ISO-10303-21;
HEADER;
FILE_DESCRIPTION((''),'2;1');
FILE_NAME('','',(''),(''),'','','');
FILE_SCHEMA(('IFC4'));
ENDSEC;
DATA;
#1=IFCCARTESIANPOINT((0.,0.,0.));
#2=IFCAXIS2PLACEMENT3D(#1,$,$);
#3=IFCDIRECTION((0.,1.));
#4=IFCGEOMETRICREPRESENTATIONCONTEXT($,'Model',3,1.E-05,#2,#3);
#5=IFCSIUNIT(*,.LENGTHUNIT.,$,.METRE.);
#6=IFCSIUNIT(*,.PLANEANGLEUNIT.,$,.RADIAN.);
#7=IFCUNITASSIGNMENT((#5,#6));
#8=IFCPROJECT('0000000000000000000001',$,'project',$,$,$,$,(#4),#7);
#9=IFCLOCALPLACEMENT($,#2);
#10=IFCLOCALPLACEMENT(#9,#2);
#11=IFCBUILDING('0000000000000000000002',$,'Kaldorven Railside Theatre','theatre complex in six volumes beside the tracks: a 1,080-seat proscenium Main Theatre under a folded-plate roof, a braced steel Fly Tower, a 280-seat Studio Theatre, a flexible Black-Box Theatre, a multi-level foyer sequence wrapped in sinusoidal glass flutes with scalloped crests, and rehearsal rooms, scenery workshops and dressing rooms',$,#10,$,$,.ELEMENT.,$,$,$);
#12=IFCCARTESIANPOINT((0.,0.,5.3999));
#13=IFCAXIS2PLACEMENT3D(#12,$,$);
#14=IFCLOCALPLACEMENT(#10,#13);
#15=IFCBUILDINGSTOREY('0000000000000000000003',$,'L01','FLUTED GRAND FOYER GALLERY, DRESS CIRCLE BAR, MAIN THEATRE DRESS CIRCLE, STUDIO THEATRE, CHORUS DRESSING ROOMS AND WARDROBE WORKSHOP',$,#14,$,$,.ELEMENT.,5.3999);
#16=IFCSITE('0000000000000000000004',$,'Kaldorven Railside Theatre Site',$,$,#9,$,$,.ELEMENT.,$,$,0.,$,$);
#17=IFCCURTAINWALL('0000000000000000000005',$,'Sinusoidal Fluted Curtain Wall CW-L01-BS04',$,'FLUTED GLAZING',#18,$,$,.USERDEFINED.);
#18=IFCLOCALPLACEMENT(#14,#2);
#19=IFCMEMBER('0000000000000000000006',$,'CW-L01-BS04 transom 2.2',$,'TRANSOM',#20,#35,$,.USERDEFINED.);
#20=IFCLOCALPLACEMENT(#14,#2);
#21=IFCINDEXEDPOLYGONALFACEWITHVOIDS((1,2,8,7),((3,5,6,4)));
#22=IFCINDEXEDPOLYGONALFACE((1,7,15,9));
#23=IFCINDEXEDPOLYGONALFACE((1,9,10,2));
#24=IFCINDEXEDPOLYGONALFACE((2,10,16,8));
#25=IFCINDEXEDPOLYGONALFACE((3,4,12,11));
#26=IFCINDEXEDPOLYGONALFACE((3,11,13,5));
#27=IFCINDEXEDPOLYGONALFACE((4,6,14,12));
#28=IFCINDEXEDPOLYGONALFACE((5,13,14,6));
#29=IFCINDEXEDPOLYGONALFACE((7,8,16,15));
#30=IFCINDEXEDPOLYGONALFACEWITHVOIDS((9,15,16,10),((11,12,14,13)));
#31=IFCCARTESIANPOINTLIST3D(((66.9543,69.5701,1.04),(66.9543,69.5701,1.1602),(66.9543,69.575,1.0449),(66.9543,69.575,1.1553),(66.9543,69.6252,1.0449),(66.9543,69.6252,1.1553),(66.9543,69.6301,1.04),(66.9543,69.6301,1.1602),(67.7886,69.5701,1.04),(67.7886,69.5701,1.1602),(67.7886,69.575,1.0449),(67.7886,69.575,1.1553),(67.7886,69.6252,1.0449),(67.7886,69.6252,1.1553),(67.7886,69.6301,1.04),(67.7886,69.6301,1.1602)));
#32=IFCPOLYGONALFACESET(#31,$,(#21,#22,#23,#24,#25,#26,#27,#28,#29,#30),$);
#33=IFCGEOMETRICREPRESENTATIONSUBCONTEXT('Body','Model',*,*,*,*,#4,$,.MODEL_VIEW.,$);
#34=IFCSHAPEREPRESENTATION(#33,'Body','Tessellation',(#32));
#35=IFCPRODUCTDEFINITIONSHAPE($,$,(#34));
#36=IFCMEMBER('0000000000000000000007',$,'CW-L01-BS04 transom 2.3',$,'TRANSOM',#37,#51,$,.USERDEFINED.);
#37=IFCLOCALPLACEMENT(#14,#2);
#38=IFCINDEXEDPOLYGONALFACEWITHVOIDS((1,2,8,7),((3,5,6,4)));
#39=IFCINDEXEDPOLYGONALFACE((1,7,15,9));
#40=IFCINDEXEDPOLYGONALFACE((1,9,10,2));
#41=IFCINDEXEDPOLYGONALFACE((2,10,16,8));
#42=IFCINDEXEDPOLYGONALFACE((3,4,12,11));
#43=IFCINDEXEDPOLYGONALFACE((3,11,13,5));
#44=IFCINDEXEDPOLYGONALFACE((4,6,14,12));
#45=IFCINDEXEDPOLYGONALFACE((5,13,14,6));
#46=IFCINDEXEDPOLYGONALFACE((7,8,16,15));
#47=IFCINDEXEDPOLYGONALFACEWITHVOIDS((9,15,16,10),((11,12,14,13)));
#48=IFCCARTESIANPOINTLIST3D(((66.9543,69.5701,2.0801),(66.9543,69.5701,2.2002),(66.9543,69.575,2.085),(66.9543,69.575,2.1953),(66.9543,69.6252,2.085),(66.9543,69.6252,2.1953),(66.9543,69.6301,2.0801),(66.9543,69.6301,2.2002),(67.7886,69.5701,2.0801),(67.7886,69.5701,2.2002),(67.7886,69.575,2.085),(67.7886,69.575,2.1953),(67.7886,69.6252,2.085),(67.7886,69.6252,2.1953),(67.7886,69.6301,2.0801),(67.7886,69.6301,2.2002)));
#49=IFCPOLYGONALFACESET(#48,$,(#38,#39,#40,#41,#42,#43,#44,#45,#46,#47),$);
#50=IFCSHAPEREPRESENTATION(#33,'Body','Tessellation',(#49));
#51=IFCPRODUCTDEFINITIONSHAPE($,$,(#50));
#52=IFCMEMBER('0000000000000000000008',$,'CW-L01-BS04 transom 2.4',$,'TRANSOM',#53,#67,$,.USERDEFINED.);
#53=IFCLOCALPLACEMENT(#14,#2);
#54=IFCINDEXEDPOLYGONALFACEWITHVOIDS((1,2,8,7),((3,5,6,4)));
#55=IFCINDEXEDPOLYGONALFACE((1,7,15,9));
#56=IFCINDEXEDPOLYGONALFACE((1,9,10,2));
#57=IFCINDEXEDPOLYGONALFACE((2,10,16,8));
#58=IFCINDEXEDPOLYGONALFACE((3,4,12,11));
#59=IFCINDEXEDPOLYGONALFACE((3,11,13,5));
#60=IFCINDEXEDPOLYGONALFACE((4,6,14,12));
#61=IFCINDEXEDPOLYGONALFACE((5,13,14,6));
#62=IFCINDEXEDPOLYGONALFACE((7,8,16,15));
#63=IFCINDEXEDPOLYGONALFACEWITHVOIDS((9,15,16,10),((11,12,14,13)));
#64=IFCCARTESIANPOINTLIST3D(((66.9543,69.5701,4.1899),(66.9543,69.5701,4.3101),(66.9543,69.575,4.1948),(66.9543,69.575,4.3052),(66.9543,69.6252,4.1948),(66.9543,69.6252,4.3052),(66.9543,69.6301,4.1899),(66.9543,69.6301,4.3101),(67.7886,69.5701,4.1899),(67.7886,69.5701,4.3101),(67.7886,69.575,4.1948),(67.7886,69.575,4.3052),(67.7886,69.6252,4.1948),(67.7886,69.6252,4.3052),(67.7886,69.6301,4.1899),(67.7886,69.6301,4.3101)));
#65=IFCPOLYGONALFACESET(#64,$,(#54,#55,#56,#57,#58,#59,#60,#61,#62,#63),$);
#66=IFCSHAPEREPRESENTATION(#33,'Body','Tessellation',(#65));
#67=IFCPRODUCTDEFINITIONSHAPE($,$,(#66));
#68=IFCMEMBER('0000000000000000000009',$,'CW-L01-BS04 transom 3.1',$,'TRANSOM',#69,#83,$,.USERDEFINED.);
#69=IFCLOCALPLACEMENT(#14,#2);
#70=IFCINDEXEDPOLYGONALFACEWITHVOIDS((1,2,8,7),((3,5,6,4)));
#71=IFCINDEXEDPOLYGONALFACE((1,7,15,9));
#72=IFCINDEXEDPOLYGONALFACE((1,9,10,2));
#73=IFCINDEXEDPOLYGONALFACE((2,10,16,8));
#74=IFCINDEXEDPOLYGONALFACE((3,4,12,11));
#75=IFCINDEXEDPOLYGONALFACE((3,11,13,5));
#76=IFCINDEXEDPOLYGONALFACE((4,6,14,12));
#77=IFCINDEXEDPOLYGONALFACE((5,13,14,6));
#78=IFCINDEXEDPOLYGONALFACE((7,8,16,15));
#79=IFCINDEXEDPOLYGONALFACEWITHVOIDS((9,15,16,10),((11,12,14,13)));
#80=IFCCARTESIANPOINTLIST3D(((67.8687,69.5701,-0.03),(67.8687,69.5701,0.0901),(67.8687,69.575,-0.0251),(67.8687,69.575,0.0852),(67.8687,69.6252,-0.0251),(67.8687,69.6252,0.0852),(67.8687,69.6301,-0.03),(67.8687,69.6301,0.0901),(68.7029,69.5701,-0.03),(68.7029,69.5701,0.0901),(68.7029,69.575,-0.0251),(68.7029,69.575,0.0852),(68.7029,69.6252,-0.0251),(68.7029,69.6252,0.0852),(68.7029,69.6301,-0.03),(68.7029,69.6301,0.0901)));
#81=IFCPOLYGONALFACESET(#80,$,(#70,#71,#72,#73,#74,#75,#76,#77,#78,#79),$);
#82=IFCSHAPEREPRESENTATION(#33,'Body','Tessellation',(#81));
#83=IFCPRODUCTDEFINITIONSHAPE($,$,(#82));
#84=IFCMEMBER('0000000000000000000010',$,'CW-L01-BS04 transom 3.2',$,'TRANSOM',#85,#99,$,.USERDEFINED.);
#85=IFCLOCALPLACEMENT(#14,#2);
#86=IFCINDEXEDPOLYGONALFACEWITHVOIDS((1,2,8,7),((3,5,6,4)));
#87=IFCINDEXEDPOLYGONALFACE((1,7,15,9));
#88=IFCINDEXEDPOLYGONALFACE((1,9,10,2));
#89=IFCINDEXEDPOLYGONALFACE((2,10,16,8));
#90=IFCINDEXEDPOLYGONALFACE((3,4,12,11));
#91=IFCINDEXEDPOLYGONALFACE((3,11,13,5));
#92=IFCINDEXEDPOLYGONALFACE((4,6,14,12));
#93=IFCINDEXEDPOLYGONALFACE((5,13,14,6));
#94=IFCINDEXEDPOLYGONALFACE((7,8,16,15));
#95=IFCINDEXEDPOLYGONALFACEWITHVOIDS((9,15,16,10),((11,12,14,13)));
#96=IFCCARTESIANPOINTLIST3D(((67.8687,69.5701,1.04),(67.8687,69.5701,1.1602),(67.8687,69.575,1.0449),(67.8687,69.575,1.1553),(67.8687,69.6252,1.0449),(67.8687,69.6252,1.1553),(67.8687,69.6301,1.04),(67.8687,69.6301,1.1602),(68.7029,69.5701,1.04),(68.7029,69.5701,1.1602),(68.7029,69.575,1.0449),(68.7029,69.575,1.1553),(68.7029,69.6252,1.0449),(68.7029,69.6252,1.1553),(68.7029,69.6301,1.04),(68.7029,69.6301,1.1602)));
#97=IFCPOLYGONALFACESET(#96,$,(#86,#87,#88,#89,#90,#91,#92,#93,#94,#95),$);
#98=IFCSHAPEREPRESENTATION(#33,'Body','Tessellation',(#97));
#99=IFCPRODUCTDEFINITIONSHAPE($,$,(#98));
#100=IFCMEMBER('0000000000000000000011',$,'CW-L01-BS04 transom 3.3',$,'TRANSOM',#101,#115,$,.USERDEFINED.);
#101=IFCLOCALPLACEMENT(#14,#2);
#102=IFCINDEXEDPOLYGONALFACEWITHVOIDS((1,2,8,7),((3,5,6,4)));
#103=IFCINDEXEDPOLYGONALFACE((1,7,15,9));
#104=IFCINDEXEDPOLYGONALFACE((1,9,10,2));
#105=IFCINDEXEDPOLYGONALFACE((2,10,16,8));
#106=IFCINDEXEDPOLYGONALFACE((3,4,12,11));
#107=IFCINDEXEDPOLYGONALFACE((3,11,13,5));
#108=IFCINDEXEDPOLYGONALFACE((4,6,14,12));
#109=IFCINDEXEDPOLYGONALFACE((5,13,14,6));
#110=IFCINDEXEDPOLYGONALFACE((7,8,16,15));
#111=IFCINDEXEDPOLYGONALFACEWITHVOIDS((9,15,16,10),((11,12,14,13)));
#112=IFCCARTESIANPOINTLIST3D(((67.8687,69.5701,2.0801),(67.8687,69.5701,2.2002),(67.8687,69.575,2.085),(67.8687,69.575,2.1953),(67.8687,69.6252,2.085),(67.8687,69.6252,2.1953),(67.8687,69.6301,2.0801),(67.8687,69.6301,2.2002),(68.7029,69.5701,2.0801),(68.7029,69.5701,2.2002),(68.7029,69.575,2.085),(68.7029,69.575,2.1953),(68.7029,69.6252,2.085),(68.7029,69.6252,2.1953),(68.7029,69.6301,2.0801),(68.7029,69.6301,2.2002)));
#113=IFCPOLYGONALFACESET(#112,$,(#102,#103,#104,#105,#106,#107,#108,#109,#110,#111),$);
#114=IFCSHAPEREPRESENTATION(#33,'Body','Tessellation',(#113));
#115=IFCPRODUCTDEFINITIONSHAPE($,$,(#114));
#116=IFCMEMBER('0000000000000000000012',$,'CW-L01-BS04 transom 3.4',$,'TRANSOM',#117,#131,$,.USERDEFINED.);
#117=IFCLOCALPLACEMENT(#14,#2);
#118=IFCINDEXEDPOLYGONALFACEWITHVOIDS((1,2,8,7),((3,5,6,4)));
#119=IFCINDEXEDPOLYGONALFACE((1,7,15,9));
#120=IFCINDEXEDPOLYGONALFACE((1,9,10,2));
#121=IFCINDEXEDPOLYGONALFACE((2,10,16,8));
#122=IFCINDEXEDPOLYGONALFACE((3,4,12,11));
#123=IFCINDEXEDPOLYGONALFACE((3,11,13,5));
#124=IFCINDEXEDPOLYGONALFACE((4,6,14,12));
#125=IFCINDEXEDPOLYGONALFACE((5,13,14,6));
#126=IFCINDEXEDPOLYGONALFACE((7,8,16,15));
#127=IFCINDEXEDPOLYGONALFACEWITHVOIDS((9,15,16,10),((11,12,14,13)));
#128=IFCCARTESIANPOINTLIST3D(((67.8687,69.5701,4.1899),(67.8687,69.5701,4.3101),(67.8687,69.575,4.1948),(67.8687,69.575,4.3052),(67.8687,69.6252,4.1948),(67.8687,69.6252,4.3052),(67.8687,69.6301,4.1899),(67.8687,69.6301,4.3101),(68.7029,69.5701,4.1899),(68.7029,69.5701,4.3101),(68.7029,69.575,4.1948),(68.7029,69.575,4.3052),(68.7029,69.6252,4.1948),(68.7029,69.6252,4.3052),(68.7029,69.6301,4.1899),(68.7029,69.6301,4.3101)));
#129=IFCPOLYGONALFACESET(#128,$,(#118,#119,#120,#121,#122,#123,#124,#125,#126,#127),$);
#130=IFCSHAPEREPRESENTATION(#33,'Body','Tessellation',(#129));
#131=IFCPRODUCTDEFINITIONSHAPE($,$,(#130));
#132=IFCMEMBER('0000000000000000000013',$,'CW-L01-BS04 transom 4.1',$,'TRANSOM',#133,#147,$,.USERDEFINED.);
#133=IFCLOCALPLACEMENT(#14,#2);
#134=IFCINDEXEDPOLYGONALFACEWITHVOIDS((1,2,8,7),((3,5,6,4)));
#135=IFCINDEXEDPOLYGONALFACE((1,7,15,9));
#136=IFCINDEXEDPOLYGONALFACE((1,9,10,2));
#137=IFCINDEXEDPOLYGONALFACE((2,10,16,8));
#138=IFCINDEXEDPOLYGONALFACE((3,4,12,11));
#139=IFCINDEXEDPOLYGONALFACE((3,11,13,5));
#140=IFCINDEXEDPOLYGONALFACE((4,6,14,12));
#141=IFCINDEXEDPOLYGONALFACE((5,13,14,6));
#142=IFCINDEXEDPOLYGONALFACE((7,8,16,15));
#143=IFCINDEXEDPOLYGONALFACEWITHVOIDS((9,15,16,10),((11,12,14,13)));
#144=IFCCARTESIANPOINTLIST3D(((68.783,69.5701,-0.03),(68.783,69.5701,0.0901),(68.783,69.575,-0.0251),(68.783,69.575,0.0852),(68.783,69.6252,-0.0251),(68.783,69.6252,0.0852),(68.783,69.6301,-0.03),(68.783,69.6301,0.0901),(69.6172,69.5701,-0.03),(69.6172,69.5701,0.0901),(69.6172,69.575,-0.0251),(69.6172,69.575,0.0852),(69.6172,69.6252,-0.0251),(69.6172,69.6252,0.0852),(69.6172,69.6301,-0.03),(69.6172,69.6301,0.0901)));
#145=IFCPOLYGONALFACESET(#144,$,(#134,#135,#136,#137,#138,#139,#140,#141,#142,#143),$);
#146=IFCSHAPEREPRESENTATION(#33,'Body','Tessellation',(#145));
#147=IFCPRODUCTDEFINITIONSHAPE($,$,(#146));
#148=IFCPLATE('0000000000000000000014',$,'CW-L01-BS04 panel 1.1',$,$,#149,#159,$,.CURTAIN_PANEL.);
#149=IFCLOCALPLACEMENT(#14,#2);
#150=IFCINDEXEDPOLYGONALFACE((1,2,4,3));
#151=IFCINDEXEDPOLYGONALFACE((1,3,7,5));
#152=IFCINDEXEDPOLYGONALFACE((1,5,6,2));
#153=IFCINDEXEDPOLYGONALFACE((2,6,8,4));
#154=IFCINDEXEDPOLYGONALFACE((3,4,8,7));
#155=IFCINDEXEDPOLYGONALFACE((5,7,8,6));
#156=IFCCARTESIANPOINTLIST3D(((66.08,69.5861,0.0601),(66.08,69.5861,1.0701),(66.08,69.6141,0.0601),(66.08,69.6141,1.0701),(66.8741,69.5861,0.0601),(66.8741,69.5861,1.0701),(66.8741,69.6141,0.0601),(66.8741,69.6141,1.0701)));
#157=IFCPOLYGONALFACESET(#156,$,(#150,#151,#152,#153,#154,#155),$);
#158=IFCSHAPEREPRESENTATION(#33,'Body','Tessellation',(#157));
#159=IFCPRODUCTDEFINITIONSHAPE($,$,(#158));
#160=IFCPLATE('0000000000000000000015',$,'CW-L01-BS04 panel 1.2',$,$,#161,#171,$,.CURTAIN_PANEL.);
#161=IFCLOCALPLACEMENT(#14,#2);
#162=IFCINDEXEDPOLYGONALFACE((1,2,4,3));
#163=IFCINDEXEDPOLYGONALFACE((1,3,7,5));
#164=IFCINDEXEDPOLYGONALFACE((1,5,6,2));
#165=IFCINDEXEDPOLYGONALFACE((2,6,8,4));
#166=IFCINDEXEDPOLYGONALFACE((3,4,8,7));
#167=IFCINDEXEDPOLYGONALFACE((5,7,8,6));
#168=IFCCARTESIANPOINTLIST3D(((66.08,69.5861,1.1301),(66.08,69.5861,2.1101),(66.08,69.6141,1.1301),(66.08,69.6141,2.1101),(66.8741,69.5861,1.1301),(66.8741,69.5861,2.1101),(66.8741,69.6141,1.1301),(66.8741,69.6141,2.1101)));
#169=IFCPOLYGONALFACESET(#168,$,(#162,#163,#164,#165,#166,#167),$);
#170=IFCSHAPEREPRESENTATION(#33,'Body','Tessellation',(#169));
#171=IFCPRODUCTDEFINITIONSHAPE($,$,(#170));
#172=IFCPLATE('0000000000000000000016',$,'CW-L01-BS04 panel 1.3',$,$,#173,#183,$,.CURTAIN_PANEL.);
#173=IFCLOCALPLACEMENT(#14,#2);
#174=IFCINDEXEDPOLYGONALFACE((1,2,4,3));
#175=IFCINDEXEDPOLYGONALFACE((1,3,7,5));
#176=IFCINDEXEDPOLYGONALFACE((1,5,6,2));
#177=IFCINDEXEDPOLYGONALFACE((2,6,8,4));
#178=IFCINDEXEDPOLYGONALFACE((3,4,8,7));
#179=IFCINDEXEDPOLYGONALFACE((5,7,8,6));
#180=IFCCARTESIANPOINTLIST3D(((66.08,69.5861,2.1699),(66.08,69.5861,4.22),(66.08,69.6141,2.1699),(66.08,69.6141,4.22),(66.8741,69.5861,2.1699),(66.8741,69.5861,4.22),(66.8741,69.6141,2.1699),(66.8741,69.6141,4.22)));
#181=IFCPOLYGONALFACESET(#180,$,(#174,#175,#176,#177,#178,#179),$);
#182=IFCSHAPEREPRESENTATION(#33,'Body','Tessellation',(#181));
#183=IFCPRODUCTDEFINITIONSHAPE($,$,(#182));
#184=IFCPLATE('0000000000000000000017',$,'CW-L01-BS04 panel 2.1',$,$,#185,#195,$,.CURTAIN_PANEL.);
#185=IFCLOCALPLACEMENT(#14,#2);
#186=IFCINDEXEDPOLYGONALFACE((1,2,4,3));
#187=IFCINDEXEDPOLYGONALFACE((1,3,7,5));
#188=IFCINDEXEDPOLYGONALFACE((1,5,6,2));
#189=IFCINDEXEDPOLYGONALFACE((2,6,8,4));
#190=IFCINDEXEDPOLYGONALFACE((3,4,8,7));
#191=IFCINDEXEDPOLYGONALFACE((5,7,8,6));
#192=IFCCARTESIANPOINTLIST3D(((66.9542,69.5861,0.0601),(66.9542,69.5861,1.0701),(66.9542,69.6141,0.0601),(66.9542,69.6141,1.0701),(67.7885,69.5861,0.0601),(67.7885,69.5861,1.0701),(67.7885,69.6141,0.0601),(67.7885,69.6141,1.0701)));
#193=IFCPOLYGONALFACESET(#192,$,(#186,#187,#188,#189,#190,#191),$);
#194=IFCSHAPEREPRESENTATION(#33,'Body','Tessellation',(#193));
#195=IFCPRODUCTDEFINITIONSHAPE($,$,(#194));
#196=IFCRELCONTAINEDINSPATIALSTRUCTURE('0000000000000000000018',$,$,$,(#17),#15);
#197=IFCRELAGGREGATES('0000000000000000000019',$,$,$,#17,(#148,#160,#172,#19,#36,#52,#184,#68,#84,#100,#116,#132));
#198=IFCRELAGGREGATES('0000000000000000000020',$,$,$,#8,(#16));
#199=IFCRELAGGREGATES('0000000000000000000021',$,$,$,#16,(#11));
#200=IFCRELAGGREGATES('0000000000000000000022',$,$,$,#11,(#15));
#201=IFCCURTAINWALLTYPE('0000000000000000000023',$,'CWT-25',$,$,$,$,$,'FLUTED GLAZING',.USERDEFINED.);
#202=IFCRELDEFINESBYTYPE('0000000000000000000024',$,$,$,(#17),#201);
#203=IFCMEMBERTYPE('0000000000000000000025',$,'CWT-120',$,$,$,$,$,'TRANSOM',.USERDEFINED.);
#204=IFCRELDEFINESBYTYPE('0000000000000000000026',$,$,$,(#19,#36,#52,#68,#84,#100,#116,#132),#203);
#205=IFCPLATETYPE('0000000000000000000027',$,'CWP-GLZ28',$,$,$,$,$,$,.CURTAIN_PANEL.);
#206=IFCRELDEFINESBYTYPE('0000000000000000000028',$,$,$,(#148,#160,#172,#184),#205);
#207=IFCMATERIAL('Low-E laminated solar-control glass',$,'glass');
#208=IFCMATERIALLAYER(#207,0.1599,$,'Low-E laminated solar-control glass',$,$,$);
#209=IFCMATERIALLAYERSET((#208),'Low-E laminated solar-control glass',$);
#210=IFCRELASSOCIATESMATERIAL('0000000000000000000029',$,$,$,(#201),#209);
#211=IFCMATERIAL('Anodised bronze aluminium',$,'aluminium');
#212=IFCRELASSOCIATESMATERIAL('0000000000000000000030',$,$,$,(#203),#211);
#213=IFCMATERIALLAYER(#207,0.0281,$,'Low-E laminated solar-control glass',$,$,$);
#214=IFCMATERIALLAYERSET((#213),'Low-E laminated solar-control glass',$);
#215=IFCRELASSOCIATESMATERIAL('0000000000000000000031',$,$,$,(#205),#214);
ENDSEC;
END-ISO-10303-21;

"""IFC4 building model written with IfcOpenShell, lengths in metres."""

from ifc_helpers import new_model, si_unit, direction, frame, origin, origin_2d, place, context, subcontext, project, spatial, rectangle, hollow_rectangle, extrude, material, layer, layer_set, material_profile, profile_set, type_object, element, aggregate, save


model = new_model("IFC4")

# Units and contexts
model_context = context("Model", 3, precision=1e-05, world=origin(), true_north=direction((0.0, 1.0)))
body_context = subcontext(model_context, "Body", "Model", "MODEL_VIEW")
ifc_project = project(units=[si_unit("LENGTHUNIT", "METRE"), si_unit("PLANEANGLEUNIT", "RADIAN")], contexts=[model_context])

# Site, building, storey
site_placement = place(None, origin())
site = spatial("IfcSite", under=ifc_project, at=site_placement, Name="Kaldorven Railside Theatre Site", CompositionType="ELEMENT", RefElevation=0.0)
building_placement = place(site_placement, origin())
building = spatial("IfcBuilding", under=site, at=building_placement, Name="Kaldorven Railside Theatre", Description="theatre complex in six volumes beside the tracks: a 1,080-seat proscenium Main Theatre under a folded-plate roof, a braced steel Fly Tower, a 280-seat Studio Theatre, a flexible Black-Box Theatre, a multi-level foyer sequence wrapped in sinusoidal glass flutes with scalloped crests, and rehearsal rooms, scenery workshops and dressing rooms", CompositionType="ELEMENT")
storey_placement = place(building_placement, frame((0.0, 0.0, 5.3999)))
storey = spatial("IfcBuildingStorey", under=building, at=storey_placement, Name="L01", Description="FLUTED GRAND FOYER GALLERY, DRESS CIRCLE BAR, MAIN THEATRE DRESS CIRCLE, STUDIO THEATRE, CHORUS DRESSING ROOMS AND WARDROBE WORKSHOP", CompositionType="ELEMENT", Elevation=5.3999)

# Curtain wall
ifc_material_1 = material(Name="Low-E laminated solar-control glass", Category="glass")
ifc_layer_1 = layer(ifc_material_1, 0.1599, Name="Low-E laminated solar-control glass")
ifc_layer_set_1 = layer_set([ifc_layer_1], Name="Low-E laminated solar-control glass")
curtain_wall_type_1 = type_object("IfcCurtainWallType", Name="CWT-25", ElementType="FLUTED GLAZING", PredefinedType="USERDEFINED", material=ifc_layer_set_1)
curtain_wall_1_placement = place(storey_placement, origin())
curtain_wall_1 = element("IfcCurtainWall", 1, at=curtain_wall_1_placement, inside=storey, type_object=curtain_wall_type_1, Name="Sinusoidal Fluted Curtain Wall CW-L01-BS04", ObjectType="FLUTED GLAZING", PredefinedType="USERDEFINED")
ifc_material_2 = material(Name="Anodised bronze aluminium", Category="aluminium")
ifc_material_profile_1 = material_profile(ifc_material_2, hollow_rectangle(XDim=0.0601, YDim=0.1201, WallThickness=0.0049, at=origin_2d()), Name="RHS 120x60x5")
ifc_profile_set_1 = profile_set([ifc_material_profile_1], Name="Anodised bronze aluminium")
member_type_1 = type_object("IfcMemberType", Name="CWT-120", ElementType="TRANSOM", PredefinedType="USERDEFINED", material=ifc_profile_set_1)

# Members
member_1_placement = place(storey_placement, frame((66.9543, 69.6001, 1.1001), z_axis=(1.0, 0.0, 0.0), x_axis=(0.0, 1.0, 0.0)))
member_1 = element("IfcMember", 2, at=member_1_placement, type_object=member_type_1, Name="CW-L01-BS04 transom 2.2", ObjectType="TRANSOM", PredefinedType="USERDEFINED", context=body_context, shape_type="SweptSolid", body=[
    extrude(hollow_rectangle(XDim=0.0601, YDim=0.1201, WallThickness=0.0049, at=origin_2d()), origin(), (0.0, 0.0, 1.0), 0.8342),
])
member_2_placement = place(storey_placement, frame((66.9543, 69.6001, 2.1401), z_axis=(1.0, 0.0, 0.0), x_axis=(0.0, 1.0, 0.0)))
member_2 = element("IfcMember", 3, at=member_2_placement, type_object=member_type_1, Name="CW-L01-BS04 transom 2.3", ObjectType="TRANSOM", PredefinedType="USERDEFINED", context=body_context, shape_type="SweptSolid", body=[
    extrude(hollow_rectangle(XDim=0.0601, YDim=0.1201, WallThickness=0.0049, at=origin_2d()), origin(), (0.0, 0.0, 1.0), 0.8342),
])
member_3_placement = place(storey_placement, frame((66.9543, 69.6001, 4.25), z_axis=(1.0, 0.0, 0.0), x_axis=(0.0, 1.0, 0.0)))
member_3 = element("IfcMember", 4, at=member_3_placement, type_object=member_type_1, Name="CW-L01-BS04 transom 2.4", ObjectType="TRANSOM", PredefinedType="USERDEFINED", context=body_context, shape_type="SweptSolid", body=[
    extrude(hollow_rectangle(XDim=0.0601, YDim=0.1201, WallThickness=0.0049, at=origin_2d()), origin(), (0.0, 0.0, 1.0), 0.8342),
])
member_4_placement = place(storey_placement, frame((67.8687, 69.6001, 0.03), z_axis=(1.0, 0.0, 0.0), x_axis=(0.0, 1.0, 0.0)))
member_4 = element("IfcMember", 5, at=member_4_placement, type_object=member_type_1, Name="CW-L01-BS04 transom 3.1", ObjectType="TRANSOM", PredefinedType="USERDEFINED", context=body_context, shape_type="SweptSolid", body=[
    extrude(hollow_rectangle(XDim=0.0601, YDim=0.1201, WallThickness=0.0049, at=origin_2d()), origin(), (0.0, 0.0, 1.0), 0.8342),
])
member_5_placement = place(storey_placement, frame((67.8687, 69.6001, 1.1001), z_axis=(1.0, 0.0, 0.0), x_axis=(0.0, 1.0, 0.0)))
member_5 = element("IfcMember", 6, at=member_5_placement, type_object=member_type_1, Name="CW-L01-BS04 transom 3.2", ObjectType="TRANSOM", PredefinedType="USERDEFINED", context=body_context, shape_type="SweptSolid", body=[
    extrude(hollow_rectangle(XDim=0.0601, YDim=0.1201, WallThickness=0.0049, at=origin_2d()), origin(), (0.0, 0.0, 1.0), 0.8342),
])
member_6_placement = place(storey_placement, frame((67.8687, 69.6001, 2.1401), z_axis=(1.0, 0.0, 0.0), x_axis=(0.0, 1.0, 0.0)))
member_6 = element("IfcMember", 7, at=member_6_placement, type_object=member_type_1, Name="CW-L01-BS04 transom 3.3", ObjectType="TRANSOM", PredefinedType="USERDEFINED", context=body_context, shape_type="SweptSolid", body=[
    extrude(hollow_rectangle(XDim=0.0601, YDim=0.1201, WallThickness=0.0049, at=origin_2d()), origin(), (0.0, 0.0, 1.0), 0.8342),
])
member_7_placement = place(storey_placement, frame((67.8687, 69.6001, 4.25), z_axis=(1.0, 0.0, 0.0), x_axis=(0.0, 1.0, 0.0)))
member_7 = element("IfcMember", 8, at=member_7_placement, type_object=member_type_1, Name="CW-L01-BS04 transom 3.4", ObjectType="TRANSOM", PredefinedType="USERDEFINED", context=body_context, shape_type="SweptSolid", body=[
    extrude(hollow_rectangle(XDim=0.0601, YDim=0.1201, WallThickness=0.0049, at=origin_2d()), origin(), (0.0, 0.0, 1.0), 0.8342),
])
member_8_placement = place(storey_placement, frame((68.783, 69.6001, 0.03), z_axis=(1.0, 0.0, 0.0), x_axis=(0.0, 1.0, 0.0)))
member_8 = element("IfcMember", 9, at=member_8_placement, type_object=member_type_1, Name="CW-L01-BS04 transom 4.1", ObjectType="TRANSOM", PredefinedType="USERDEFINED", context=body_context, shape_type="SweptSolid", body=[
    extrude(hollow_rectangle(XDim=0.0601, YDim=0.1201, WallThickness=0.0049, at=origin_2d()), origin(), (0.0, 0.0, 1.0), 0.8342),
])

# Plates
ifc_layer_2 = layer(ifc_material_1, 0.0281, Name="Low-E laminated solar-control glass")
ifc_layer_set_2 = layer_set([ifc_layer_2], Name="Low-E laminated solar-control glass")
plate_type = type_object("IfcPlateType", Name="CWP-GLZ28", PredefinedType="CURTAIN_PANEL", material=ifc_layer_set_2)
plate_1_placement = place(storey_placement, frame((66.4771, 69.6001, 0.0601), z_axis=(0.0, 0.0, 1.0), x_axis=(1.0, 0.0, 0.0)))
plate_1 = element("IfcPlate", 10, at=plate_1_placement, type_object=plate_type, Name="CW-L01-BS04 panel 1.1", PredefinedType="CURTAIN_PANEL", context=body_context, shape_type="SweptSolid", body=[
    extrude(rectangle(XDim=0.7942, YDim=0.0281, at=origin_2d()), origin(), (0.0, 0.0, 1.0), 1.01),
])
plate_2_placement = place(storey_placement, frame((66.4771, 69.6001, 1.1301), z_axis=(0.0, 0.0, 1.0), x_axis=(1.0, 0.0, 0.0)))
plate_2 = element("IfcPlate", 11, at=plate_2_placement, type_object=plate_type, Name="CW-L01-BS04 panel 1.2", PredefinedType="CURTAIN_PANEL", context=body_context, shape_type="SweptSolid", body=[
    extrude(rectangle(XDim=0.7942, YDim=0.0281, at=origin_2d()), origin(), (0.0, 0.0, 1.0), 0.98),
])
plate_3_placement = place(storey_placement, frame((66.4771, 69.6001, 2.1699), z_axis=(0.0, 0.0, 1.0), x_axis=(1.0, 0.0, 0.0)))
plate_3 = element("IfcPlate", 12, at=plate_3_placement, type_object=plate_type, Name="CW-L01-BS04 panel 1.3", PredefinedType="CURTAIN_PANEL", context=body_context, shape_type="SweptSolid", body=[
    extrude(rectangle(XDim=0.7942, YDim=0.0281, at=origin_2d()), origin(), (0.0, 0.0, 1.0), 2.05),
])
plate_4_placement = place(storey_placement, frame((67.3713, 69.6001, 0.0601), z_axis=(0.0, 0.0, 1.0), x_axis=(1.0, 0.0, 0.0)))
plate_4 = element("IfcPlate", 13, at=plate_4_placement, type_object=plate_type, Name="CW-L01-BS04 panel 2.1", PredefinedType="CURTAIN_PANEL", context=body_context, shape_type="SweptSolid", body=[
    extrude(rectangle(XDim=0.8342, YDim=0.0281, at=origin_2d()), origin(), (0.0, 0.0, 1.0), 1.01),
])
aggregate(curtain_wall_1, [plate_1, plate_2, plate_3, member_1, member_2, member_3, plate_4, member_4, member_5, member_6, member_7, member_8])

save(model, "model.ifc")
